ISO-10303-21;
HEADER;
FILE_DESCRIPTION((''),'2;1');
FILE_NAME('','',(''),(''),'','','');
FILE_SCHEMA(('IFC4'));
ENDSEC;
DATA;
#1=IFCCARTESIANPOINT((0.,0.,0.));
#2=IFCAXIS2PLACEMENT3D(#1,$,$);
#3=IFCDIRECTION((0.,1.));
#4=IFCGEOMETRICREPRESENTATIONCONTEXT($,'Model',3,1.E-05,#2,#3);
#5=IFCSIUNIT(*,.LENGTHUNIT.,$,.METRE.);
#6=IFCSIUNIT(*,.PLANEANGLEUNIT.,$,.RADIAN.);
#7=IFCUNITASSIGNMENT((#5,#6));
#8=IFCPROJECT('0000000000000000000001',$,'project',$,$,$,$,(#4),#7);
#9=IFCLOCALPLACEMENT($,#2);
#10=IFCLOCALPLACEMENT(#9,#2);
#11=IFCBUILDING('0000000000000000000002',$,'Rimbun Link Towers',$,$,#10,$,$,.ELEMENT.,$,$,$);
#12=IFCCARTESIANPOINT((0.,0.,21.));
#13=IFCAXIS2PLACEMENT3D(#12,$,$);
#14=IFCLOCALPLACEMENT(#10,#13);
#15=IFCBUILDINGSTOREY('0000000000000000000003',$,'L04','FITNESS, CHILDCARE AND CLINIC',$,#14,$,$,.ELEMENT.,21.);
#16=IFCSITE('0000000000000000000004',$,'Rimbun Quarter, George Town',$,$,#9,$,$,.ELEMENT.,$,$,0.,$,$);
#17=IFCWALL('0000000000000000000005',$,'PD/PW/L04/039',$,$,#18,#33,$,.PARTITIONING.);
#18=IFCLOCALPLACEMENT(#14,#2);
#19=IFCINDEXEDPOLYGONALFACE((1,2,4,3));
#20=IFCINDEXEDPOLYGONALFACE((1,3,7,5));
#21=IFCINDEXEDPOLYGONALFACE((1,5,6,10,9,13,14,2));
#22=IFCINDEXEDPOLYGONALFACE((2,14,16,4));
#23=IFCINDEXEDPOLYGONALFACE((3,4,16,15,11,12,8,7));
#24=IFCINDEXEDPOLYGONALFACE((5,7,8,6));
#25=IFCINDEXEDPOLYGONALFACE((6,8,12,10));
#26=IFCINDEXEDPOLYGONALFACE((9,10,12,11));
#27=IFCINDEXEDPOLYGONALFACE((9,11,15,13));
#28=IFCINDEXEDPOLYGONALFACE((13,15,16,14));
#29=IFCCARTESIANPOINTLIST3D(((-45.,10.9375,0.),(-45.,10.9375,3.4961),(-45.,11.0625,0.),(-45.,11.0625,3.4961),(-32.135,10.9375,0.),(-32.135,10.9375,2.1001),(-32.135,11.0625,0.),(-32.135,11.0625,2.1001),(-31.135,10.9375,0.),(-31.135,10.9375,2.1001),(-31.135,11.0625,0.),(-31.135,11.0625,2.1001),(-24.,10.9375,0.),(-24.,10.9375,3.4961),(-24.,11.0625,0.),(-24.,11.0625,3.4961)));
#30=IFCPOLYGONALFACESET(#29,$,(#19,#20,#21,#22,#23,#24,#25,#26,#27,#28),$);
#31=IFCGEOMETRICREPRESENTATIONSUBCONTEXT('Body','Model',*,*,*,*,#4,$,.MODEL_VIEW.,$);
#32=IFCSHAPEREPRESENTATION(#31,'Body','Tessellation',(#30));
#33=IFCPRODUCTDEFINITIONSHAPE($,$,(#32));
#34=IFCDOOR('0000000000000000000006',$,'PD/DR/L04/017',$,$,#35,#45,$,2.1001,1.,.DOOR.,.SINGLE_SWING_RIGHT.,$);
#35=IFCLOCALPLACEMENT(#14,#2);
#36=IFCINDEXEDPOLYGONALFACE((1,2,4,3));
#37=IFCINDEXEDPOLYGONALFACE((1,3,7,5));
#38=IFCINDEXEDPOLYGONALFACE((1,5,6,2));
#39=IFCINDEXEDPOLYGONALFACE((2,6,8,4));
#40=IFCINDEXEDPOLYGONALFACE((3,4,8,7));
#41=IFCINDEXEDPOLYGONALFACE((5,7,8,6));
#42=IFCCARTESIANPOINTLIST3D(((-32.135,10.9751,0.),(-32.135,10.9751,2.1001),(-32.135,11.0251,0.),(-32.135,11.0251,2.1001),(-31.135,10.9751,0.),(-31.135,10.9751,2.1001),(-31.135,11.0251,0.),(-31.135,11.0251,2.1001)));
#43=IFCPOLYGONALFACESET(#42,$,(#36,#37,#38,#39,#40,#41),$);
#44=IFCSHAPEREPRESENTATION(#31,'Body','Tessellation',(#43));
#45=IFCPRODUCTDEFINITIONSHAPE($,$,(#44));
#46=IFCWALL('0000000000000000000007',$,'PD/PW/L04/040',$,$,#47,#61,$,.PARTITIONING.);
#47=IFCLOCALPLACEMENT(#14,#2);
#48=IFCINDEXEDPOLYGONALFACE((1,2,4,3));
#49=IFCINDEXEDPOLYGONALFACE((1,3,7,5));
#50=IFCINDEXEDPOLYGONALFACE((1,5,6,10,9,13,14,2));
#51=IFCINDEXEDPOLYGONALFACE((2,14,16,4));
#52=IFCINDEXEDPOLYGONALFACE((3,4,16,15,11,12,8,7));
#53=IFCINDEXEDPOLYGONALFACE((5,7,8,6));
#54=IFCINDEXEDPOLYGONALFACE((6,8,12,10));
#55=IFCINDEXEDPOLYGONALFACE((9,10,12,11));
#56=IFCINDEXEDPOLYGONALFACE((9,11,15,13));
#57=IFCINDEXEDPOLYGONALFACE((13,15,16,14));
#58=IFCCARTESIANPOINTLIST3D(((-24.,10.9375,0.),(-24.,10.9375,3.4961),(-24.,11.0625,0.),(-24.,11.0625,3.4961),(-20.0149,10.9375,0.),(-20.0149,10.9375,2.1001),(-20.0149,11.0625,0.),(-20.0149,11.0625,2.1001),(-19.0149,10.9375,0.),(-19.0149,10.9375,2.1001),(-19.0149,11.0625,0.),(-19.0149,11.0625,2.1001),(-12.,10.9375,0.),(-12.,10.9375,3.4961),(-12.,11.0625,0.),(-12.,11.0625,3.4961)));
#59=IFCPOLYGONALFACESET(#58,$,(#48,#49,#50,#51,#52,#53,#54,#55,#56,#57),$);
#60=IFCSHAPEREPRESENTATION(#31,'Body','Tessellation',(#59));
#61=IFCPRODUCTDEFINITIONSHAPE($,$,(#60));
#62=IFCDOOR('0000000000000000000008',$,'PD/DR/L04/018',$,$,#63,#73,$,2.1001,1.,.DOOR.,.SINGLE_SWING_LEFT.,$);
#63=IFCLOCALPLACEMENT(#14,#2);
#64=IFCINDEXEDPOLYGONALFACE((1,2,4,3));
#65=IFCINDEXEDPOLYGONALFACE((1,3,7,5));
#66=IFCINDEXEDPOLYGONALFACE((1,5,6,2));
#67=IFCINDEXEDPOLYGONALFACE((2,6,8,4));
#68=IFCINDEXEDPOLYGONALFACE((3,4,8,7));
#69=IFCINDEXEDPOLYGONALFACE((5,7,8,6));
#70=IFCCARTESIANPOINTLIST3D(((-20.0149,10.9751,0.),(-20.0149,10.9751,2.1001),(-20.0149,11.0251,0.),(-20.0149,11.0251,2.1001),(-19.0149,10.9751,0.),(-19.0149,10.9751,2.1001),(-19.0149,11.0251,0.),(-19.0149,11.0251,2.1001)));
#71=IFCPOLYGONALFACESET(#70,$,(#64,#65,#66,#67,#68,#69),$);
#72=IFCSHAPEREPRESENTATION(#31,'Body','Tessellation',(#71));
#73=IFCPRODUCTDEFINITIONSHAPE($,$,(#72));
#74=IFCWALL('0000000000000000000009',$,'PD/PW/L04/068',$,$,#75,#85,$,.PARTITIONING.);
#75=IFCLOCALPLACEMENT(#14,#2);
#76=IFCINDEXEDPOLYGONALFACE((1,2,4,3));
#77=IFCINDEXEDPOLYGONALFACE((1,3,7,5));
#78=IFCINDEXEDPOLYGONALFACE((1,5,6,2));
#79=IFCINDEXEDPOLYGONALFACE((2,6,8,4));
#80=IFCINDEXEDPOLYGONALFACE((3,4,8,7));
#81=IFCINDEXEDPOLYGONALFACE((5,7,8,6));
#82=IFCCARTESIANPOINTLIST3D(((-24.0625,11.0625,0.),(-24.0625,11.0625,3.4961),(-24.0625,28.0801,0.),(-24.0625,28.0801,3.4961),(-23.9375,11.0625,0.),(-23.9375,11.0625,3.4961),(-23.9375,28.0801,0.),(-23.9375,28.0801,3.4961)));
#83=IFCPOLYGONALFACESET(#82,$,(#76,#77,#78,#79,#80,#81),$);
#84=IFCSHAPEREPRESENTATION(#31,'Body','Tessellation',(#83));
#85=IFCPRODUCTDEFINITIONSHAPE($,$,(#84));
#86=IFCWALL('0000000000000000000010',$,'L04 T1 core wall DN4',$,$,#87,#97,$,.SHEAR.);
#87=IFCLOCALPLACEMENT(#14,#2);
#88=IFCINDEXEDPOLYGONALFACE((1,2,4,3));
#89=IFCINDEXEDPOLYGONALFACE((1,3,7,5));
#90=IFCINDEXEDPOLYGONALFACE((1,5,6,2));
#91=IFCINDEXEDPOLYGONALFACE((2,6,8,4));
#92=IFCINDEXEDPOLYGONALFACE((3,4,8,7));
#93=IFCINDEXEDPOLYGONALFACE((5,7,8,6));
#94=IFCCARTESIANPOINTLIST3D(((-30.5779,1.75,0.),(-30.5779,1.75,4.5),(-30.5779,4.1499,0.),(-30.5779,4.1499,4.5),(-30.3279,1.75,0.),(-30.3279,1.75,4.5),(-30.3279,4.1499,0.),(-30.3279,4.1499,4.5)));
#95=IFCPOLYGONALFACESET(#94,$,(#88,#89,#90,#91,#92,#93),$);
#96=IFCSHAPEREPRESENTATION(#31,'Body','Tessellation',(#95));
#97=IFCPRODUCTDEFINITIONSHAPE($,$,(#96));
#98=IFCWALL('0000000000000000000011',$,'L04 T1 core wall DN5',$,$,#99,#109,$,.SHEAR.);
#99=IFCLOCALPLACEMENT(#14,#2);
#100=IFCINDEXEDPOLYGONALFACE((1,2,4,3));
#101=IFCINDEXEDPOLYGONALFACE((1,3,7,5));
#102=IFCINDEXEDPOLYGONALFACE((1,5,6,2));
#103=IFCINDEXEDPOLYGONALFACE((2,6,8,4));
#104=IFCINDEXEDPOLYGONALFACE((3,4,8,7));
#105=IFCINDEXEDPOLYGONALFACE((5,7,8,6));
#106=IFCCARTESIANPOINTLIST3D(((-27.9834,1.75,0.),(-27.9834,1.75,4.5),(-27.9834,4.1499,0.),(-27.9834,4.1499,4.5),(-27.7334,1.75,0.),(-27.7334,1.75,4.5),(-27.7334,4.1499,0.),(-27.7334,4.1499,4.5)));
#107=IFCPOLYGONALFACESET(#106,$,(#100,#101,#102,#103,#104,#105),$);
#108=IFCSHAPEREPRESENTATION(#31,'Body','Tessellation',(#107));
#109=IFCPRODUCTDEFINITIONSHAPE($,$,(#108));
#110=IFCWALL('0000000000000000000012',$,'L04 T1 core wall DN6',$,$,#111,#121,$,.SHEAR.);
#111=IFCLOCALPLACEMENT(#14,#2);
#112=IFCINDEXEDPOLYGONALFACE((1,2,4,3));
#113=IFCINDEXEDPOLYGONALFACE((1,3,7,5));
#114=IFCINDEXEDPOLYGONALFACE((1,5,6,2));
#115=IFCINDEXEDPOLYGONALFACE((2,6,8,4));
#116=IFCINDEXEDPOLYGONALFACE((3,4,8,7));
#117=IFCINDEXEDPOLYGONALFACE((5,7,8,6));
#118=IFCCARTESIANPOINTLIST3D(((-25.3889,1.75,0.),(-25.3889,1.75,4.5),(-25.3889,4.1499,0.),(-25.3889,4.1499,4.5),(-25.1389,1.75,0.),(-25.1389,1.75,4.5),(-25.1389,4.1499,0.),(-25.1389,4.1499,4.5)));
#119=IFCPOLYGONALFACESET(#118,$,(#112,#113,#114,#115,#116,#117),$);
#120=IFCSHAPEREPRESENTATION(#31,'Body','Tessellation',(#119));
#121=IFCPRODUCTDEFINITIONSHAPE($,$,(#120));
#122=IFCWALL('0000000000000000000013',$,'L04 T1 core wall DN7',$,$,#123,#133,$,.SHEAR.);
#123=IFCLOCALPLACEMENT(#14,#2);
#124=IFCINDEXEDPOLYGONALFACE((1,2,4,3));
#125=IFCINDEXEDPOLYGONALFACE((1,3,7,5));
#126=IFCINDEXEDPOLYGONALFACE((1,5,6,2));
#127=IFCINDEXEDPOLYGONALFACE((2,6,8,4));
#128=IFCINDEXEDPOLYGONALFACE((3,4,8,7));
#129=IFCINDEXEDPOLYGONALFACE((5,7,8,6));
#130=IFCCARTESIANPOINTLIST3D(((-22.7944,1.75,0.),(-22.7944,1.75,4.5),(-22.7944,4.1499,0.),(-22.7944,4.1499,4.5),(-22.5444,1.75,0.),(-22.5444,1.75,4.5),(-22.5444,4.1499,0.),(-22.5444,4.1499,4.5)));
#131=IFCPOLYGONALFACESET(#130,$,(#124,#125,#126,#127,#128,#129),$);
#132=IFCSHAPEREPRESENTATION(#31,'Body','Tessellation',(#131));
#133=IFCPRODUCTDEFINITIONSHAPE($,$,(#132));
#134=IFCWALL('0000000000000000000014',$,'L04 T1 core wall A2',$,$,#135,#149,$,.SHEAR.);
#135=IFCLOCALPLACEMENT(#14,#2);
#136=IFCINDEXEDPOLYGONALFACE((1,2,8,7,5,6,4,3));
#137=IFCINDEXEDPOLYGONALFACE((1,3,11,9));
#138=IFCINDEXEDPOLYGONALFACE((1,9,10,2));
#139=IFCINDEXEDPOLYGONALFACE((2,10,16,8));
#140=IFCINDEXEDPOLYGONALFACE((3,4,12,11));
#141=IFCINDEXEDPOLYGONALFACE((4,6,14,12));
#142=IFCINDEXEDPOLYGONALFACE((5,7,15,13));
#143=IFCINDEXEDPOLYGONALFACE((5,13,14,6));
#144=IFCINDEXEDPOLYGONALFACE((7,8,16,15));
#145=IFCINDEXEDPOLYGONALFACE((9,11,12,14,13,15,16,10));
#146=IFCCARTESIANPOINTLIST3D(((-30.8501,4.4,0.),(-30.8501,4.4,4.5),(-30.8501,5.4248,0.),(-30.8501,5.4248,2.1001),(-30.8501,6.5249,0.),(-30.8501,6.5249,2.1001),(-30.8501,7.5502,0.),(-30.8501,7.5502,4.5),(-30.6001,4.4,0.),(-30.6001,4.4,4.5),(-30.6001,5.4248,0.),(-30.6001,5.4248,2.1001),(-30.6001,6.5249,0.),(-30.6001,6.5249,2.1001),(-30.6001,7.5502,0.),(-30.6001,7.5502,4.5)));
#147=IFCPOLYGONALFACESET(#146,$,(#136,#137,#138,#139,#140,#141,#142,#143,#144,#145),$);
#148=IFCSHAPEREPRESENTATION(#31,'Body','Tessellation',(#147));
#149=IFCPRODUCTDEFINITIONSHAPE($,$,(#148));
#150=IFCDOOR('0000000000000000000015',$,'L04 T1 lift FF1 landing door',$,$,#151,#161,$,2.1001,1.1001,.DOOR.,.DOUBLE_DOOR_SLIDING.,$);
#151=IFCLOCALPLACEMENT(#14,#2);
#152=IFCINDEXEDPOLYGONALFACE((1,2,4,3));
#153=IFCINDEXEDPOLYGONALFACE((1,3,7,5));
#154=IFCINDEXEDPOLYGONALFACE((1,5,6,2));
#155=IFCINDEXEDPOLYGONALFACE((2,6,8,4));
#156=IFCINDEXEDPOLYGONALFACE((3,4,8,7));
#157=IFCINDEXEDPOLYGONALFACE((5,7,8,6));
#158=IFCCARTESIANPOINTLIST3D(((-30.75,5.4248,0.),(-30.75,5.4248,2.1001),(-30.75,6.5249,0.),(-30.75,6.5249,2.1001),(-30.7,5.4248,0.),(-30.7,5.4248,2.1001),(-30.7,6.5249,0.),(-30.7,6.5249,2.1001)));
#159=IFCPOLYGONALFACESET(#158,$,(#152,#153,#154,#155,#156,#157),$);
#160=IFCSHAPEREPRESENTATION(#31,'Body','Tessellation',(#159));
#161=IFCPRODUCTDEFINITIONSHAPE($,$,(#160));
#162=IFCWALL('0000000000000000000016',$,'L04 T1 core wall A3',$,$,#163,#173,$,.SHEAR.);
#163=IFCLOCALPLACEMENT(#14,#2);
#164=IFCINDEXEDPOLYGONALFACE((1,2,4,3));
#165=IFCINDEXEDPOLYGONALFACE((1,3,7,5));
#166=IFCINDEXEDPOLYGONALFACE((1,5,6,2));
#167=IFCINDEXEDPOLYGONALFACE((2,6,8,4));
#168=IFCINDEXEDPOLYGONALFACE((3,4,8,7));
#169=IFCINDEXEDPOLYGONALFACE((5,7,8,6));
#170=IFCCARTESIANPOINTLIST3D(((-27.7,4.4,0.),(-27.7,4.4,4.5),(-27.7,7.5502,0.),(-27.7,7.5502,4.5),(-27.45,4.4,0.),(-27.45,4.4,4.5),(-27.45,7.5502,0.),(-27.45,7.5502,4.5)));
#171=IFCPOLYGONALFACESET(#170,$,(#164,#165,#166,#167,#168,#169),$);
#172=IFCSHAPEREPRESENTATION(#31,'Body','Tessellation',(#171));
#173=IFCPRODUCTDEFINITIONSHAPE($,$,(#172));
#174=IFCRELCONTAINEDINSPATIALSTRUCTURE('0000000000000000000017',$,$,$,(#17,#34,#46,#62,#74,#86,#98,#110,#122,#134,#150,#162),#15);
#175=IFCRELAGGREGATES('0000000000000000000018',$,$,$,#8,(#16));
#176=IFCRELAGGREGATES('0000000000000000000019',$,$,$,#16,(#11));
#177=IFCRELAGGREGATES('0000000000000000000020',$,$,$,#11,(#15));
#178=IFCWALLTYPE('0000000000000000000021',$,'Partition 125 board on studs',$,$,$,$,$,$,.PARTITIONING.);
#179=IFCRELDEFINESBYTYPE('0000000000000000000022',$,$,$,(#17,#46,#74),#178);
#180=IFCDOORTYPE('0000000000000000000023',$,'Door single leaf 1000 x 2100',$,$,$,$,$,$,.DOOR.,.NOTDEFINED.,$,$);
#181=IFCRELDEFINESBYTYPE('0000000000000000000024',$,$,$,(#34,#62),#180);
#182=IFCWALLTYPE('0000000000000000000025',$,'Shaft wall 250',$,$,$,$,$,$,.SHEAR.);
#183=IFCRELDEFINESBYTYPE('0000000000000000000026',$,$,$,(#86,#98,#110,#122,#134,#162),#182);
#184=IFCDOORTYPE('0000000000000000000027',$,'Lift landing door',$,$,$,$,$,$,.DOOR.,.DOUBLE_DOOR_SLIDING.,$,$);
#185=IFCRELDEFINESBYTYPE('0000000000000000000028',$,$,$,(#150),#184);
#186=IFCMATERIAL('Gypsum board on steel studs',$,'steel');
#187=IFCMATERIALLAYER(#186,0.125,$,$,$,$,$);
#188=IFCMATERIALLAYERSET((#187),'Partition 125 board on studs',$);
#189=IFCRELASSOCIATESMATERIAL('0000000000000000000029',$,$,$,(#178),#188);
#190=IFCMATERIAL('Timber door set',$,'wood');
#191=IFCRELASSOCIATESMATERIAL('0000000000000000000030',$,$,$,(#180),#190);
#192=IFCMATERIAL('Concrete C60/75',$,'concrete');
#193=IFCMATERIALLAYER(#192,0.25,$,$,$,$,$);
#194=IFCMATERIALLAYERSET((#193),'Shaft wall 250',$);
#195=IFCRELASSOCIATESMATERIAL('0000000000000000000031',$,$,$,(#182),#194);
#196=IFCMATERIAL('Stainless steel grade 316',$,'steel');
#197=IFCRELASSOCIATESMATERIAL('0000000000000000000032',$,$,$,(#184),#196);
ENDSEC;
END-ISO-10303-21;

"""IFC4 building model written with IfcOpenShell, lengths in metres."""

from ifc_helpers import new_model, si_unit, direction, frame, frame_2d, origin, place, context, subcontext, project, spatial, rectangle, extrude, material, layer, layer_set, type_object, element, fill, save


model = new_model("IFC4")

# Units and contexts
model_context = context("Model", 3, precision=1e-05, world=origin(), true_north=direction((0.0, 1.0)))
body_context = subcontext(model_context, "Body", "Model", "MODEL_VIEW")
ifc_project = project(units=[si_unit("LENGTHUNIT", "METRE"), si_unit("PLANEANGLEUNIT", "RADIAN")], contexts=[model_context])

# Site, building, storey
site_placement = place(None, origin())
site = spatial("IfcSite", under=ifc_project, at=site_placement, Name="Rimbun Quarter, George Town", CompositionType="ELEMENT", RefElevation=0.0)
building_placement = place(site_placement, origin())
building = spatial("IfcBuilding", under=site, at=building_placement, Name="Rimbun Link Towers", CompositionType="ELEMENT")
storey_placement = place(building_placement, frame((0.0, 0.0, 21.0)))
storey = spatial("IfcBuildingStorey", under=building, at=storey_placement, Name="L04", Description="FITNESS, CHILDCARE AND CLINIC", CompositionType="ELEMENT", Elevation=21.0)

# Walls, openings, doors
ifc_material_1 = material(Name="Gypsum board on steel studs", Category="steel")
ifc_layer_1 = layer(ifc_material_1, 0.125)
ifc_layer_set_1 = layer_set([ifc_layer_1], Name="Partition 125 board on studs")
wall_type_1 = type_object("IfcWallType", Name="Partition 125 board on studs", PredefinedType="PARTITIONING", material=ifc_layer_set_1)
wall_1_placement = place(storey_placement, frame((-24.0, 11.0, 0.0), z_axis=(0.0, 0.0, 1.0), x_axis=(-1.0, 0.0, 0.0)))
wall_1 = element("IfcWall", 1, at=wall_1_placement, inside=storey, type_object=wall_type_1, Name="PD/PW/L04/039", PredefinedType="PARTITIONING", context=body_context, shape_type="SweptSolid", body=[
    extrude(rectangle(XDim=21.0, YDim=0.125, at=frame_2d((10.5, 0.0))), origin(), (0.0, 0.0, 1.0), 3.4961),
])
opening_1_placement = place(wall_1_placement, frame((7.135, 0.0, 0.0)))
opening_1 = element("IfcOpeningElement", 2, at=opening_1_placement, cuts=wall_1, PredefinedType="OPENING", context=body_context, shape_type="SweptSolid", body=[
    extrude(rectangle(XDim=1.0, YDim=2.1001, at=frame_2d((0.5, 1.05))), frame((0.0, 0.0725, 0.0), z_axis=(0.0, -1.0, 0.0), x_axis=(1.0, 0.0, 0.0)), (0.0, 0.0, 1.0), 0.145),
])
ifc_material_2 = material(Name="Timber door set", Category="wood")
door_type_1 = type_object("IfcDoorType", Name="Door single leaf 1000 x 2100", OperationType="NOTDEFINED", PredefinedType="DOOR", material=ifc_material_2)
door_1_placement = place(opening_1_placement, origin())
door_1 = element("IfcDoor", 3, at=door_1_placement, inside=storey, type_object=door_type_1, Name="PD/DR/L04/017", OperationType="SINGLE_SWING_RIGHT", OverallHeight=2.1001, OverallWidth=1.0, PredefinedType="DOOR", context=body_context, shape_type="SweptSolid", body=[
    extrude(rectangle(XDim=1.0, YDim=2.1001, at=frame_2d((0.5, 1.05))), frame((0.0, 0.0249, 0.0), z_axis=(0.0, -1.0, 0.0), x_axis=(1.0, 0.0, 0.0)), (0.0, 0.0, 1.0), 0.05),
])
fill(opening_1, door_1)
wall_2_placement = place(storey_placement, frame((-12.0, 11.0, 0.0), z_axis=(0.0, 0.0, 1.0), x_axis=(-1.0, 0.0, 0.0)))
wall_2 = element("IfcWall", 4, at=wall_2_placement, inside=storey, type_object=wall_type_1, Name="PD/PW/L04/040", PredefinedType="PARTITIONING", context=body_context, shape_type="SweptSolid", body=[
    extrude(rectangle(XDim=12.0, YDim=0.125, at=frame_2d((6.0, 0.0))), origin(), (0.0, 0.0, 1.0), 3.4961),
])
opening_2_placement = place(wall_2_placement, frame((7.0149, 0.0, 0.0)))
opening_2 = element("IfcOpeningElement", 5, at=opening_2_placement, cuts=wall_2, PredefinedType="OPENING", context=body_context, shape_type="SweptSolid", body=[
    extrude(rectangle(XDim=1.0, YDim=2.1001, at=frame_2d((0.5, 1.05))), frame((0.0, 0.0725, 0.0), z_axis=(0.0, -1.0, 0.0), x_axis=(1.0, 0.0, 0.0)), (0.0, 0.0, 1.0), 0.145),
])
door_2_placement = place(opening_2_placement, origin())
door_2 = element("IfcDoor", 6, at=door_2_placement, inside=storey, type_object=door_type_1, Name="PD/DR/L04/018", OperationType="SINGLE_SWING_LEFT", OverallHeight=2.1001, OverallWidth=1.0, PredefinedType="DOOR", context=body_context, shape_type="SweptSolid", body=[
    extrude(rectangle(XDim=1.0, YDim=2.1001, at=frame_2d((0.5, 1.05))), frame((0.0, 0.0249, 0.0), z_axis=(0.0, -1.0, 0.0), x_axis=(1.0, 0.0, 0.0)), (0.0, 0.0, 1.0), 0.05),
])
fill(opening_2, door_2)

# Walls
wall_3_placement = place(storey_placement, frame((-24.0, 11.0625, 0.0), z_axis=(0.0, 0.0, 1.0), x_axis=(0.0, 1.0, 0.0)))
element("IfcWall", 7, at=wall_3_placement, inside=storey, type_object=wall_type_1, Name="PD/PW/L04/068", PredefinedType="PARTITIONING", context=body_context, shape_type="SweptSolid", body=[
    extrude(rectangle(XDim=17.0176, YDim=0.125, at=frame_2d((8.5088, 0.0))), origin(), (0.0, 0.0, 1.0), 3.4961),
])
ifc_material_3 = material(Name="Concrete C60/75", Category="concrete")
ifc_layer_2 = layer(ifc_material_3, 0.25)
ifc_layer_set_2 = layer_set([ifc_layer_2], Name="Shaft wall 250")
wall_type_2 = type_object("IfcWallType", Name="Shaft wall 250", PredefinedType="SHEAR", material=ifc_layer_set_2)
for number, where, z_axis, x_axis, name in (
    (8, (-30.4529, 1.75, 0.0), (0.0, 0.0, 1.0), (0.0, 1.0, 0.0), "L04 T1 core wall DN4"),
    (9, (-27.8584, 1.75, 0.0), (0.0, 0.0, 1.0), (0.0, 1.0, 0.0), "L04 T1 core wall DN5"),
    (10, (-25.2639, 1.75, 0.0), (0.0, 0.0, 1.0), (0.0, 1.0, 0.0), "L04 T1 core wall DN6"),
    (11, (-22.6694, 1.75, 0.0), (0.0, 0.0, 1.0), (0.0, 1.0, 0.0), "L04 T1 core wall DN7"),
):
    element("IfcWall", number, at=place(storey_placement, frame(where, z_axis=z_axis, x_axis=x_axis)), inside=storey, type_object=wall_type_2, Name=name, PredefinedType="SHEAR", context=body_context, shape_type="SweptSolid", body=[
        extrude(rectangle(XDim=2.3999, YDim=0.25, at=frame_2d((1.2, 0.0))), origin(), (0.0, 0.0, 1.0), 4.5),
    ])

# Wall, opening, door
wall_4_placement = place(storey_placement, frame((-30.7251, 4.3999, 0.0), z_axis=(0.0, 0.0, 1.0), x_axis=(0.0, 1.0, 0.0)))
wall_4 = element("IfcWall", 12, at=wall_4_placement, inside=storey, type_object=wall_type_2, Name="L04 T1 core wall A2", PredefinedType="SHEAR", context=body_context, shape_type="SweptSolid", body=[
    extrude(rectangle(XDim=3.1501, YDim=0.25, at=frame_2d((1.5752, 0.0))), origin(), (0.0, 0.0, 1.0), 4.5),
])
opening_3_placement = place(wall_4_placement, frame((1.0249, 0.0, 0.0)))
opening_3 = element("IfcOpeningElement", 13, at=opening_3_placement, cuts=wall_4, PredefinedType="OPENING", context=body_context, shape_type="SweptSolid", body=[
    extrude(rectangle(XDim=1.1001, YDim=2.1001, at=frame_2d((0.55, 1.05))), frame((0.0, 0.135, 0.0), z_axis=(0.0, -1.0, 0.0), x_axis=(1.0, 0.0, 0.0)), (0.0, 0.0, 1.0), 0.27),
])
ifc_material_4 = material(Name="Stainless steel grade 316", Category="steel")
door_type_2 = type_object("IfcDoorType", Name="Lift landing door", OperationType="DOUBLE_DOOR_SLIDING", PredefinedType="DOOR", material=ifc_material_4)
door_3_placement = place(opening_3_placement, origin())
door_3 = element("IfcDoor", 14, at=door_3_placement, inside=storey, type_object=door_type_2, Name="L04 T1 lift FF1 landing door", OperationType="DOUBLE_DOOR_SLIDING", OverallHeight=2.1001, OverallWidth=1.1001, PredefinedType="DOOR", context=body_context, shape_type="SweptSolid", body=[
    extrude(rectangle(XDim=1.1001, YDim=2.1001, at=frame_2d((0.55, 1.05))), frame((0.0, 0.0249, 0.0), z_axis=(0.0, -1.0, 0.0), x_axis=(1.0, 0.0, 0.0)), (0.0, 0.0, 1.0), 0.05),
])
fill(opening_3, door_3)

# Wall
wall_5_placement = place(storey_placement, frame((-27.575, 4.3999, 0.0), z_axis=(0.0, 0.0, 1.0), x_axis=(0.0, 1.0, 0.0)))
element("IfcWall", 15, at=wall_5_placement, inside=storey, type_object=wall_type_2, Name="L04 T1 core wall A3", PredefinedType="SHEAR", context=body_context, shape_type="SweptSolid", body=[
    extrude(rectangle(XDim=3.1501, YDim=0.25, at=frame_2d((1.5752, 0.0))), origin(), (0.0, 0.0, 1.0), 4.5),
])

save(model, "model.ifc")
